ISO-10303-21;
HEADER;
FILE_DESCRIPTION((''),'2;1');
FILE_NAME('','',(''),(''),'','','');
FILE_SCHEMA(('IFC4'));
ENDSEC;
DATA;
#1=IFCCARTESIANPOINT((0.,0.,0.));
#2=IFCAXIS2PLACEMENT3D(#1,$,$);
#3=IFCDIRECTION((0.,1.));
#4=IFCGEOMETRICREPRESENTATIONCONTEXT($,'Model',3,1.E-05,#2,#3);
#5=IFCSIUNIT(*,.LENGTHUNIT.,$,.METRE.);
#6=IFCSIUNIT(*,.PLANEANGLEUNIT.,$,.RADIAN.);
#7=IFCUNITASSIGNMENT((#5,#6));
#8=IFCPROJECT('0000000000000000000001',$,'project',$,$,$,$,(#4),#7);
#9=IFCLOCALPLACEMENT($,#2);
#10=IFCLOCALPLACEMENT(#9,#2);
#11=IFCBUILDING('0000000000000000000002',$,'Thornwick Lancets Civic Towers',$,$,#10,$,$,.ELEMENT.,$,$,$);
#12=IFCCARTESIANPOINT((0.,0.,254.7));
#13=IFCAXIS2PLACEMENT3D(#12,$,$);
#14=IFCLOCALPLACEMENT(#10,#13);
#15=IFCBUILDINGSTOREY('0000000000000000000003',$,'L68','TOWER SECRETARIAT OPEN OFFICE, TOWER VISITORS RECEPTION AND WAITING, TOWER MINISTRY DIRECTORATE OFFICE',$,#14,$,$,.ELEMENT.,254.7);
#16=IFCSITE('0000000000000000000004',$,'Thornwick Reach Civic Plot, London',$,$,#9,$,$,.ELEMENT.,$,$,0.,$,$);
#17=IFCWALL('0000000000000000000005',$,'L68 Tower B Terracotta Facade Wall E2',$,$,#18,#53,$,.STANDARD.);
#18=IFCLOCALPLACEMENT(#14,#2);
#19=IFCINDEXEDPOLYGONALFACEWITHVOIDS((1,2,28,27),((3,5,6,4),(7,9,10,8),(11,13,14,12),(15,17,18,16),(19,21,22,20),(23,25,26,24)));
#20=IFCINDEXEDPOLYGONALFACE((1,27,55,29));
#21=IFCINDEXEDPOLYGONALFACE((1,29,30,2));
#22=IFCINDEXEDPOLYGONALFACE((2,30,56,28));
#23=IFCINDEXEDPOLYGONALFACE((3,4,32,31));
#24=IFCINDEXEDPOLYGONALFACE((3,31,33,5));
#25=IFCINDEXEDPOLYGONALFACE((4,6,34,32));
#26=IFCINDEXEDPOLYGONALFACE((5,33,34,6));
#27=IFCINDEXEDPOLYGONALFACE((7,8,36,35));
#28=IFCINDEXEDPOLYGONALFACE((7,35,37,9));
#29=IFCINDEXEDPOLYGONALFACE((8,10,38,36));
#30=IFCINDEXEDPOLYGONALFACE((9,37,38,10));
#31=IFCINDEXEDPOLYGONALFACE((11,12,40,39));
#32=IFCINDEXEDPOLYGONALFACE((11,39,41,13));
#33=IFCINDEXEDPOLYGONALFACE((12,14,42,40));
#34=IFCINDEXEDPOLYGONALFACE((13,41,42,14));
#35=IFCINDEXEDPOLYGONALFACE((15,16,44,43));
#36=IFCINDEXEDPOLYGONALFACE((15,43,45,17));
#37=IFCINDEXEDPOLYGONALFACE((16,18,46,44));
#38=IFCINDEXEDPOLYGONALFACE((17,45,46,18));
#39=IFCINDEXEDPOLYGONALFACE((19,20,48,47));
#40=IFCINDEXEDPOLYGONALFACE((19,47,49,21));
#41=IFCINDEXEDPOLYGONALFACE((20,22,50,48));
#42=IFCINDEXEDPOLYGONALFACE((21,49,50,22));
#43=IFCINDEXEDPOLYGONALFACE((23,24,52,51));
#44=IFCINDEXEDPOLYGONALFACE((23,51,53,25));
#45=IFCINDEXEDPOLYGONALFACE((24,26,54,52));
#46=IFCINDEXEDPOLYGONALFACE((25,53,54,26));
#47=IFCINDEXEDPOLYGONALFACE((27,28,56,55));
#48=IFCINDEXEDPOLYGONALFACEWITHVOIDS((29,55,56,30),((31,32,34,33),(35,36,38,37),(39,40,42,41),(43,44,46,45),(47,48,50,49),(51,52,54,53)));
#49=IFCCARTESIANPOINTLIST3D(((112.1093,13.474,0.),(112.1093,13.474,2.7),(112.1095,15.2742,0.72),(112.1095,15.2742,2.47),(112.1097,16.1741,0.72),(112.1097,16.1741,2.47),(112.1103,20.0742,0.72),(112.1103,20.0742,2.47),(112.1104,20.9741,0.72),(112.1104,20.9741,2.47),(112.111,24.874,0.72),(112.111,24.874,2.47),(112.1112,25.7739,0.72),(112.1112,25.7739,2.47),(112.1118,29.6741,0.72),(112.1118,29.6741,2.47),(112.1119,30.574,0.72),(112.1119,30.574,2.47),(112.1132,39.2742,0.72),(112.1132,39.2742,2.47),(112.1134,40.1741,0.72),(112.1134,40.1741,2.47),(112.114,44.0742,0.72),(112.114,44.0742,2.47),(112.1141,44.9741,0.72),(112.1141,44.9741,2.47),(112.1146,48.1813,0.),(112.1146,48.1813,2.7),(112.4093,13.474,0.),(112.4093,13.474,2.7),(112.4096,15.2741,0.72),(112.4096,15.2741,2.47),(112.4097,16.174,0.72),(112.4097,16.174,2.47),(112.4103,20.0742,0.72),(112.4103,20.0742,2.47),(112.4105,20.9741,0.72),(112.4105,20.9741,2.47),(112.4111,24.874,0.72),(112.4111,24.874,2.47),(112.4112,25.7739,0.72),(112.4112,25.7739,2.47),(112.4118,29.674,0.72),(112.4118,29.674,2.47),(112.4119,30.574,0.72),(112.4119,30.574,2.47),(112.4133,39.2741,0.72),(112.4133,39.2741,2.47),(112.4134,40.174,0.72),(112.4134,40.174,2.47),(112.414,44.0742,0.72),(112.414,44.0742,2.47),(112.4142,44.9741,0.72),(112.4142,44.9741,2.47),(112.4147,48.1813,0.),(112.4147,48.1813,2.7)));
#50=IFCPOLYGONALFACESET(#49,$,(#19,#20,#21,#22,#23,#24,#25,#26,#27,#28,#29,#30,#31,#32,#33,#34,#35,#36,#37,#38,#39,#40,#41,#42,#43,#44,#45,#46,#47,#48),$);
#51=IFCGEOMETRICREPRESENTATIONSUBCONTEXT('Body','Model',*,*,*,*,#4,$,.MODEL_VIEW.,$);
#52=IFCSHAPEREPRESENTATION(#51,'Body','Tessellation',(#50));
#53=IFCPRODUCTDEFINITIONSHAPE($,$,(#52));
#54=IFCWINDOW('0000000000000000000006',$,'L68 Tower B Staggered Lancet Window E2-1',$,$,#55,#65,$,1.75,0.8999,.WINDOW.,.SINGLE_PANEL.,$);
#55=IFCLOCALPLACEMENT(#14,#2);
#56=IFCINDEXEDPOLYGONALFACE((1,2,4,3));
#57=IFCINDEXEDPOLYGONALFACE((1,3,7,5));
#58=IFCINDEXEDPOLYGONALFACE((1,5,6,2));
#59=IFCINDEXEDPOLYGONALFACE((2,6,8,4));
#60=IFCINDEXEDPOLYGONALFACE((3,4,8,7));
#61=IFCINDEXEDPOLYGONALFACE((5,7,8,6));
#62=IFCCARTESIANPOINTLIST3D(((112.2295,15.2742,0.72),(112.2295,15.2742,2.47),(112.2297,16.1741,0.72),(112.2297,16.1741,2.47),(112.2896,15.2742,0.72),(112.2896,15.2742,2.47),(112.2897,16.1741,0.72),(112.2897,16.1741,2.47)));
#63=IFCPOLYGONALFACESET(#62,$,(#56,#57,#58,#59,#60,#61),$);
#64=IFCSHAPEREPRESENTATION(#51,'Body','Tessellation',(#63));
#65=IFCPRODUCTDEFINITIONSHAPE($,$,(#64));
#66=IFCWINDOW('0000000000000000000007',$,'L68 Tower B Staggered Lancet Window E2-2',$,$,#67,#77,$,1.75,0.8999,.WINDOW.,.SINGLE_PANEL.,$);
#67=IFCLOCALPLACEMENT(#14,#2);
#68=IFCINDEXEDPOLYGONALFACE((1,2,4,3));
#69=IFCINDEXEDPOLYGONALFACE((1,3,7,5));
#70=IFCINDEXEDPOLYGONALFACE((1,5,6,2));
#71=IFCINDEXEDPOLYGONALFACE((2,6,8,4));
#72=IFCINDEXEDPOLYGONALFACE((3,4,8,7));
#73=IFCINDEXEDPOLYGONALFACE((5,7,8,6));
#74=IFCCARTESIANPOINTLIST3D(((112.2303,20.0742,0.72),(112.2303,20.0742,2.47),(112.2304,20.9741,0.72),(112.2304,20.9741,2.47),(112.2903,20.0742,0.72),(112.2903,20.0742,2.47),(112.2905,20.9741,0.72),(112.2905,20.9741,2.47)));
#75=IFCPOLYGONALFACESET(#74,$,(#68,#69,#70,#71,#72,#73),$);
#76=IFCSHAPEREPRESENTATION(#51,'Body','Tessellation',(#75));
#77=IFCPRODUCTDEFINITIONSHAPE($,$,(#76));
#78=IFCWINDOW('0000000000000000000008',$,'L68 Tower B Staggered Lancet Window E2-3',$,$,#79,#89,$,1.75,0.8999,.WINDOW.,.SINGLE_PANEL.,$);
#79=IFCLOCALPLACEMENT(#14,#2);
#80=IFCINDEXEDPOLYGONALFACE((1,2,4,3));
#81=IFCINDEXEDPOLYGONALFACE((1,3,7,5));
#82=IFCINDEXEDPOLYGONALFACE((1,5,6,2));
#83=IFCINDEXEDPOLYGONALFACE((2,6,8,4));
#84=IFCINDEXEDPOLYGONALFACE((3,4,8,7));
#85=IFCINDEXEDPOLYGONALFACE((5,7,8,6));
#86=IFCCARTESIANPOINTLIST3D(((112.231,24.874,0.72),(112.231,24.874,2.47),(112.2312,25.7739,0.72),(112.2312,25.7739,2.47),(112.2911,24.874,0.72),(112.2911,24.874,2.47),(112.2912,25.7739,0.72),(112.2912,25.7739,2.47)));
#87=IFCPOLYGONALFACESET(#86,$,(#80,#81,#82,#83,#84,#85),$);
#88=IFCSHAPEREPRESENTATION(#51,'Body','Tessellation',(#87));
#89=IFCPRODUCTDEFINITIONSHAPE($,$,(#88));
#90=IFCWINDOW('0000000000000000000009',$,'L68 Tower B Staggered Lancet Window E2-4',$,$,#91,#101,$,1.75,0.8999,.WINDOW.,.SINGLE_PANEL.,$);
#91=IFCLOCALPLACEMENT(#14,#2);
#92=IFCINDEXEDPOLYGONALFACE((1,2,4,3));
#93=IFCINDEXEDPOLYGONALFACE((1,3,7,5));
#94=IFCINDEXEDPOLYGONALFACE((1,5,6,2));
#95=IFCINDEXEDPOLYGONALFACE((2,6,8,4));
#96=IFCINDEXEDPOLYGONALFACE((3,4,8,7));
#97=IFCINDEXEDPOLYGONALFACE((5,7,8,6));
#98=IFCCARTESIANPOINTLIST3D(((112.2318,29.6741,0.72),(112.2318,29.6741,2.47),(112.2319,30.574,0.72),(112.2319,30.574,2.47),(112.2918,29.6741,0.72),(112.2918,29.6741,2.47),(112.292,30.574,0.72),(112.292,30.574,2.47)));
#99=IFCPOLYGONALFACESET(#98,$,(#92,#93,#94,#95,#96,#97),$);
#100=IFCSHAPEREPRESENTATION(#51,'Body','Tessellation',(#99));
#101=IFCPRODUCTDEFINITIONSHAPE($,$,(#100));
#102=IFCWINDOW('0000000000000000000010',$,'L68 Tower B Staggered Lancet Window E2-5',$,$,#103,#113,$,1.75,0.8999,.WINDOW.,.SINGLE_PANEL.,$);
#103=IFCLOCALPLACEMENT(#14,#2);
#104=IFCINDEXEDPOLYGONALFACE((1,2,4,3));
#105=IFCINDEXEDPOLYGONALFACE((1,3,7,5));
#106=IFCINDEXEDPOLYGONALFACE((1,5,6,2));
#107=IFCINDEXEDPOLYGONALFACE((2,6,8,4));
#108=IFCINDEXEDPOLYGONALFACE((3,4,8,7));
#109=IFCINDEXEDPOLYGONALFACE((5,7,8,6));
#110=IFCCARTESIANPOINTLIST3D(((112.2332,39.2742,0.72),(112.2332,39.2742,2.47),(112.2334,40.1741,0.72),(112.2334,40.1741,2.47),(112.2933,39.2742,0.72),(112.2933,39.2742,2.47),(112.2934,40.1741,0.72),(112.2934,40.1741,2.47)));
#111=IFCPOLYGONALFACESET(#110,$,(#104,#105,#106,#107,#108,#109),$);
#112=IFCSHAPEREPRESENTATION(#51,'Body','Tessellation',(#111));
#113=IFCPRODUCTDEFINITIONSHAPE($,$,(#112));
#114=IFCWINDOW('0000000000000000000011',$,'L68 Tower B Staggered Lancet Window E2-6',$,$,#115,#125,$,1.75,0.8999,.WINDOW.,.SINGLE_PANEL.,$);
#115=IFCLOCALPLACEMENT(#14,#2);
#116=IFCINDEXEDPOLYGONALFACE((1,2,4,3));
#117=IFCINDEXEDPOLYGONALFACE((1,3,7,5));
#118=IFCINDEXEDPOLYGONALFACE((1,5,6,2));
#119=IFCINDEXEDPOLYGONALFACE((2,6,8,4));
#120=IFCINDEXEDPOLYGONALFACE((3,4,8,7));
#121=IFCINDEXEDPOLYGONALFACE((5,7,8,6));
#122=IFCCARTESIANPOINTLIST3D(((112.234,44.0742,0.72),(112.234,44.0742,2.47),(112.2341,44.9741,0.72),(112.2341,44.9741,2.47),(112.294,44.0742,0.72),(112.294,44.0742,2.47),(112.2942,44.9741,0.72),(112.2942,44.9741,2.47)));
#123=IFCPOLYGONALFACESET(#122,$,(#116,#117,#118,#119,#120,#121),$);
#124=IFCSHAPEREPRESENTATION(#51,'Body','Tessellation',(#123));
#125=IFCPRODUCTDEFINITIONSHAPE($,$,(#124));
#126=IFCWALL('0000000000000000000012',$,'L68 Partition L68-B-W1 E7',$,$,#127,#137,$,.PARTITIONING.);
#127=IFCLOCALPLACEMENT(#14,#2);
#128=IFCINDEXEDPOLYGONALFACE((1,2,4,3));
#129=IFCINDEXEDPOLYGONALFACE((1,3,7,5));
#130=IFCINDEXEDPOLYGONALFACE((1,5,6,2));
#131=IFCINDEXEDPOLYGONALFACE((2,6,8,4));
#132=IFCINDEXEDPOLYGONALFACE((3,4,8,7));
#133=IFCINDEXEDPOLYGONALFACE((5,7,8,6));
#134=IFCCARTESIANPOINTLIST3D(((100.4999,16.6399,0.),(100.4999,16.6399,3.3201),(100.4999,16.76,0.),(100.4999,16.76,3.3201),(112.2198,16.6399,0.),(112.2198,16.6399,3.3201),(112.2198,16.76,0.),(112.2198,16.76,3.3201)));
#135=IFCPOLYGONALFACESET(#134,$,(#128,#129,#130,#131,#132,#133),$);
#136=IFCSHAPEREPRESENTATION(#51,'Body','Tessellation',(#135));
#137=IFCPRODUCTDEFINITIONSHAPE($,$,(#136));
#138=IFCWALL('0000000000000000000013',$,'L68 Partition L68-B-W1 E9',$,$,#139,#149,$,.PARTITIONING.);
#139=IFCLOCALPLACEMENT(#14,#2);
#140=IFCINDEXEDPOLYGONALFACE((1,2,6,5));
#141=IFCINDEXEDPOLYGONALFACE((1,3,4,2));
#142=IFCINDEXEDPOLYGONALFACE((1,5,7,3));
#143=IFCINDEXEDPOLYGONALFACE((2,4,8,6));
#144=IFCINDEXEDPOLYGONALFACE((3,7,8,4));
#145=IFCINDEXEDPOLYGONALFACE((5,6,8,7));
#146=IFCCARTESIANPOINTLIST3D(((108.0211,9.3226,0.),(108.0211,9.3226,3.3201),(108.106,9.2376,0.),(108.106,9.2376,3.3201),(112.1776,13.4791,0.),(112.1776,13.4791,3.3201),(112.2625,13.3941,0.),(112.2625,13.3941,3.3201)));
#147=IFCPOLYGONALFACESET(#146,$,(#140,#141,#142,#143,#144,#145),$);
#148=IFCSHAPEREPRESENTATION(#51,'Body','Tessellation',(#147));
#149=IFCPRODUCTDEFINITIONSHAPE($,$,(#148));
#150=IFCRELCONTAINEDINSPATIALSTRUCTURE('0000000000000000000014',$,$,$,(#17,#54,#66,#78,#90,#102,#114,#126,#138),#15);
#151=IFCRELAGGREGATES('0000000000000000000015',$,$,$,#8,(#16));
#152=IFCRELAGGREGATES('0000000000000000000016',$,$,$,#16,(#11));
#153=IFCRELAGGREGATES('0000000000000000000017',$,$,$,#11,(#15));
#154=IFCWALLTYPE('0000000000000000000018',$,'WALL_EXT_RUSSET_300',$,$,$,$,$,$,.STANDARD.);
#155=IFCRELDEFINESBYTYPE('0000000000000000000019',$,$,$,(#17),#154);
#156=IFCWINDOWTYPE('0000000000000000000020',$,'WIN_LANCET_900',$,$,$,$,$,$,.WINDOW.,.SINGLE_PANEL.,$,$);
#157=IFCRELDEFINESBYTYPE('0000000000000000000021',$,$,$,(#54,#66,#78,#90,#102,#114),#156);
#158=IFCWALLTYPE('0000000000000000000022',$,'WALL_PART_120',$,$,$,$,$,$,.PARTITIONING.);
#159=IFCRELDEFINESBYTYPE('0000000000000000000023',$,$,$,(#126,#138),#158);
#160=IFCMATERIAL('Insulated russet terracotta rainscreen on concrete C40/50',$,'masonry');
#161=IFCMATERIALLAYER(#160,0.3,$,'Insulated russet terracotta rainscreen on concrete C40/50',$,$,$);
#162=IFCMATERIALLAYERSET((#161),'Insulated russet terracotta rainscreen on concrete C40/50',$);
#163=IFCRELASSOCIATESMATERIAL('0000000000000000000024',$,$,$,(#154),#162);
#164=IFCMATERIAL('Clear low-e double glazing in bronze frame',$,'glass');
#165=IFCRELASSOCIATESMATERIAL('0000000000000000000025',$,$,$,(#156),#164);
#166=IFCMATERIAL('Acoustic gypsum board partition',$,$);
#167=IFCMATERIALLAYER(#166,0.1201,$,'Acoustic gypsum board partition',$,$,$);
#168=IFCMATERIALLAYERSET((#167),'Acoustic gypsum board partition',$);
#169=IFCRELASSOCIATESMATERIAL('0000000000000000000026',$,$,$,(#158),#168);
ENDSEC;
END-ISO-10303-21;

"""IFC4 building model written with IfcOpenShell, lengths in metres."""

from ifc_helpers import new_model, si_unit, direction, frame, frame_2d, origin, place, context, subcontext, project, spatial, rectangle, extrude, material, layer, layer_set, type_object, element, fill, save


model = new_model("IFC4")

# Units and contexts
model_context = context("Model", 3, precision=1e-05, world=origin(), true_north=direction((0.0, 1.0)))
body_context = subcontext(model_context, "Body", "Model", "MODEL_VIEW")
ifc_project = project(units=[si_unit("LENGTHUNIT", "METRE"), si_unit("PLANEANGLEUNIT", "RADIAN")], contexts=[model_context])

# Site, building, storey
site_placement = place(None, origin())
site = spatial("IfcSite", under=ifc_project, at=site_placement, Name="Thornwick Reach Civic Plot, London", CompositionType="ELEMENT", RefElevation=0.0)
building_placement = place(site_placement, origin())
building = spatial("IfcBuilding", under=site, at=building_placement, Name="Thornwick Lancets Civic Towers", CompositionType="ELEMENT")
storey_placement = place(building_placement, frame((0.0, 0.0, 254.7)))
storey = spatial("IfcBuildingStorey", under=building, at=storey_placement, Name="L68", Description="TOWER SECRETARIAT OPEN OFFICE, TOWER VISITORS RECEPTION AND WAITING, TOWER MINISTRY DIRECTORATE OFFICE", CompositionType="ELEMENT", Elevation=254.7)

# Wall, openings, windows
ifc_material_1 = material(Name="Insulated russet terracotta rainscreen on concrete C40/50", Category="masonry")
ifc_layer_1 = layer(ifc_material_1, 0.3, Name="Insulated russet terracotta rainscreen on concrete C40/50")
ifc_layer_set_1 = layer_set([ifc_layer_1], Name="Insulated russet terracotta rainscreen on concrete C40/50")
wall_type_1 = type_object("IfcWallType", Name="WALL_EXT_RUSSET_300", PredefinedType="STANDARD", material=ifc_layer_set_1)
wall_1_placement = place(storey_placement, frame((112.2593, 13.4741, 0.0), z_axis=(0.0, 0.0, 1.0), x_axis=(0.000155, 1.0, 0.0)))
wall_1 = element("IfcWall", 1, at=wall_1_placement, inside=storey, type_object=wall_type_1, Name="L68 Tower B Terracotta Facade Wall E2", PredefinedType="STANDARD", context=body_context, shape_type="SweptSolid", body=[
    extrude(rectangle(XDim=34.7073, YDim=0.3, at=frame_2d((17.3535, 0.0))), origin(), (0.0, 0.0, 1.0), 2.7),
])
opening_1_placement = place(wall_1_placement, frame((1.8, 0.0, 0.72)))
opening_1 = element("IfcOpeningElement", 2, at=opening_1_placement, cuts=wall_1, PredefinedType="OPENING", context=body_context, shape_type="SweptSolid", body=[
    extrude(rectangle(XDim=0.8999, YDim=1.75, at=frame_2d((0.45, 0.875))), frame((0.0, 0.1602, 0.0), z_axis=(0.0, -1.0, 0.0), x_axis=(1.0, 0.0, 0.0)), (0.0, 0.0, 1.0), 0.3201),
])
opening_2_placement = place(wall_1_placement, frame((6.6001, 0.0, 0.72)))
opening_2 = element("IfcOpeningElement", 3, at=opening_2_placement, cuts=wall_1, PredefinedType="OPENING", context=body_context, shape_type="SweptSolid", body=[
    extrude(rectangle(XDim=0.8999, YDim=1.75, at=frame_2d((0.45, 0.875))), frame((0.0, 0.1602, 0.0), z_axis=(0.0, -1.0, 0.0), x_axis=(1.0, 0.0, 0.0)), (0.0, 0.0, 1.0), 0.3201),
])
opening_3_placement = place(wall_1_placement, frame((11.3999, 0.0, 0.72)))
opening_3 = element("IfcOpeningElement", 4, at=opening_3_placement, cuts=wall_1, PredefinedType="OPENING", context=body_context, shape_type="SweptSolid", body=[
    extrude(rectangle(XDim=0.8999, YDim=1.75, at=frame_2d((0.45, 0.875))), frame((0.0, 0.1602, 0.0), z_axis=(0.0, -1.0, 0.0), x_axis=(1.0, 0.0, 0.0)), (0.0, 0.0, 1.0), 0.3201),
])
opening_4_placement = place(wall_1_placement, frame((16.2, 0.0, 0.72)))
opening_4 = element("IfcOpeningElement", 5, at=opening_4_placement, cuts=wall_1, PredefinedType="OPENING", context=body_context, shape_type="SweptSolid", body=[
    extrude(rectangle(XDim=0.8999, YDim=1.75, at=frame_2d((0.45, 0.875))), frame((0.0, 0.1602, 0.0), z_axis=(0.0, -1.0, 0.0), x_axis=(1.0, 0.0, 0.0)), (0.0, 0.0, 1.0), 0.3201),
])
opening_5_placement = place(wall_1_placement, frame((25.8, 0.0, 0.72)))
opening_5 = element("IfcOpeningElement", 6, at=opening_5_placement, cuts=wall_1, PredefinedType="OPENING", context=body_context, shape_type="SweptSolid", body=[
    extrude(rectangle(XDim=0.8999, YDim=1.75, at=frame_2d((0.45, 0.875))), frame((0.0, 0.1602, 0.0), z_axis=(0.0, -1.0, 0.0), x_axis=(1.0, 0.0, 0.0)), (0.0, 0.0, 1.0), 0.3201),
])
opening_6_placement = place(wall_1_placement, frame((30.6001, 0.0, 0.72)))
opening_6 = element("IfcOpeningElement", 7, at=opening_6_placement, cuts=wall_1, PredefinedType="OPENING", context=body_context, shape_type="SweptSolid", body=[
    extrude(rectangle(XDim=0.8999, YDim=1.75, at=frame_2d((0.45, 0.875))), frame((0.0, 0.1602, 0.0), z_axis=(0.0, -1.0, 0.0), x_axis=(1.0, 0.0, 0.0)), (0.0, 0.0, 1.0), 0.3201),
])
ifc_material_2 = material(Name="Clear low-e double glazing in bronze frame", Category="glass")
window_type = type_object("IfcWindowType", Name="WIN_LANCET_900", PartitioningType="SINGLE_PANEL", PredefinedType="WINDOW", material=ifc_material_2)
window_1_placement = place(opening_1_placement, origin())
window_1 = element("IfcWindow", 8, at=window_1_placement, inside=storey, type_object=window_type, Name="L68 Tower B Staggered Lancet Window E2-1", OverallHeight=1.75, OverallWidth=0.8999, PartitioningType="SINGLE_PANEL", PredefinedType="WINDOW", context=body_context, shape_type="SweptSolid", body=[
    extrude(rectangle(XDim=0.8999, YDim=1.75, at=frame_2d((0.45, 0.875))), frame((0.0, 0.03, 0.0), z_axis=(0.0, -1.0, 0.0), x_axis=(1.0, 0.0, 0.0)), (0.0, 0.0, 1.0), 0.0601),
])
fill(opening_1, window_1)
window_2_placement = place(opening_2_placement, origin())
window_2 = element("IfcWindow", 9, at=window_2_placement, inside=storey, type_object=window_type, Name="L68 Tower B Staggered Lancet Window E2-2", OverallHeight=1.75, OverallWidth=0.8999, PartitioningType="SINGLE_PANEL", PredefinedType="WINDOW", context=body_context, shape_type="SweptSolid", body=[
    extrude(rectangle(XDim=0.8999, YDim=1.75, at=frame_2d((0.45, 0.875))), frame((0.0, 0.03, 0.0), z_axis=(0.0, -1.0, 0.0), x_axis=(1.0, 0.0, 0.0)), (0.0, 0.0, 1.0), 0.0601),
])
fill(opening_2, window_2)
window_3_placement = place(opening_3_placement, origin())
window_3 = element("IfcWindow", 10, at=window_3_placement, inside=storey, type_object=window_type, Name="L68 Tower B Staggered Lancet Window E2-3", OverallHeight=1.75, OverallWidth=0.8999, PartitioningType="SINGLE_PANEL", PredefinedType="WINDOW", context=body_context, shape_type="SweptSolid", body=[
    extrude(rectangle(XDim=0.8999, YDim=1.75, at=frame_2d((0.45, 0.875))), frame((0.0, 0.03, 0.0), z_axis=(0.0, -1.0, 0.0), x_axis=(1.0, 0.0, 0.0)), (0.0, 0.0, 1.0), 0.0601),
])
fill(opening_3, window_3)
window_4_placement = place(opening_4_placement, origin())
window_4 = element("IfcWindow", 11, at=window_4_placement, inside=storey, type_object=window_type, Name="L68 Tower B Staggered Lancet Window E2-4", OverallHeight=1.75, OverallWidth=0.8999, PartitioningType="SINGLE_PANEL", PredefinedType="WINDOW", context=body_context, shape_type="SweptSolid", body=[
    extrude(rectangle(XDim=0.8999, YDim=1.75, at=frame_2d((0.45, 0.875))), frame((0.0, 0.03, 0.0), z_axis=(0.0, -1.0, 0.0), x_axis=(1.0, 0.0, 0.0)), (0.0, 0.0, 1.0), 0.0601),
])
fill(opening_4, window_4)
window_5_placement = place(opening_5_placement, origin())
window_5 = element("IfcWindow", 12, at=window_5_placement, inside=storey, type_object=window_type, Name="L68 Tower B Staggered Lancet Window E2-5", OverallHeight=1.75, OverallWidth=0.8999, PartitioningType="SINGLE_PANEL", PredefinedType="WINDOW", context=body_context, shape_type="SweptSolid", body=[
    extrude(rectangle(XDim=0.8999, YDim=1.75, at=frame_2d((0.45, 0.875))), frame((0.0, 0.03, 0.0), z_axis=(0.0, -1.0, 0.0), x_axis=(1.0, 0.0, 0.0)), (0.0, 0.0, 1.0), 0.0601),
])
fill(opening_5, window_5)
window_6_placement = place(opening_6_placement, origin())
window_6 = element("IfcWindow", 13, at=window_6_placement, inside=storey, type_object=window_type, Name="L68 Tower B Staggered Lancet Window E2-6", OverallHeight=1.75, OverallWidth=0.8999, PartitioningType="SINGLE_PANEL", PredefinedType="WINDOW", context=body_context, shape_type="SweptSolid", body=[
    extrude(rectangle(XDim=0.8999, YDim=1.75, at=frame_2d((0.45, 0.875))), frame((0.0, 0.03, 0.0), z_axis=(0.0, -1.0, 0.0), x_axis=(1.0, 0.0, 0.0)), (0.0, 0.0, 1.0), 0.0601),
])
fill(opening_6, window_6)

# Walls
ifc_material_3 = material(Name="Acoustic gypsum board partition")
ifc_layer_2 = layer(ifc_material_3, 0.1201, Name="Acoustic gypsum board partition")
ifc_layer_set_2 = layer_set([ifc_layer_2], Name="Acoustic gypsum board partition")
wall_type_2 = type_object("IfcWallType", Name="WALL_PART_120", PredefinedType="PARTITIONING", material=ifc_layer_set_2)
wall_2_placement = place(storey_placement, frame((100.5, 16.7, 0.0), z_axis=(0.0, 0.0, 1.0), x_axis=(1.0, 0.0, 0.0)))
element("IfcWall", 14, at=wall_2_placement, inside=storey, type_object=wall_type_2, Name="L68 Partition L68-B-W1 E7", PredefinedType="PARTITIONING", context=body_context, shape_type="SweptSolid", body=[
    extrude(rectangle(XDim=11.72, YDim=0.1201, at=frame_2d((5.8599, 0.0))), origin(), (0.0, 0.0, 1.0), 3.3201),
])
wall_3_placement = place(storey_placement, frame((112.22, 13.4365, 0.0), z_axis=(0.0, 0.0, 1.0), x_axis=(-0.707107, -0.707107, 0.0)))
element("IfcWall", 15, at=wall_3_placement, inside=storey, type_object=wall_type_2, Name="L68 Partition L68-B-W1 E9", PredefinedType="PARTITIONING", context=body_context, shape_type="SweptSolid", body=[
    extrude(rectangle(XDim=5.8782, YDim=0.1201, at=frame_2d((2.939, 0.0))), origin(), (0.0, 0.0, 1.0), 3.3201),
])

save(model, "model.ifc")
